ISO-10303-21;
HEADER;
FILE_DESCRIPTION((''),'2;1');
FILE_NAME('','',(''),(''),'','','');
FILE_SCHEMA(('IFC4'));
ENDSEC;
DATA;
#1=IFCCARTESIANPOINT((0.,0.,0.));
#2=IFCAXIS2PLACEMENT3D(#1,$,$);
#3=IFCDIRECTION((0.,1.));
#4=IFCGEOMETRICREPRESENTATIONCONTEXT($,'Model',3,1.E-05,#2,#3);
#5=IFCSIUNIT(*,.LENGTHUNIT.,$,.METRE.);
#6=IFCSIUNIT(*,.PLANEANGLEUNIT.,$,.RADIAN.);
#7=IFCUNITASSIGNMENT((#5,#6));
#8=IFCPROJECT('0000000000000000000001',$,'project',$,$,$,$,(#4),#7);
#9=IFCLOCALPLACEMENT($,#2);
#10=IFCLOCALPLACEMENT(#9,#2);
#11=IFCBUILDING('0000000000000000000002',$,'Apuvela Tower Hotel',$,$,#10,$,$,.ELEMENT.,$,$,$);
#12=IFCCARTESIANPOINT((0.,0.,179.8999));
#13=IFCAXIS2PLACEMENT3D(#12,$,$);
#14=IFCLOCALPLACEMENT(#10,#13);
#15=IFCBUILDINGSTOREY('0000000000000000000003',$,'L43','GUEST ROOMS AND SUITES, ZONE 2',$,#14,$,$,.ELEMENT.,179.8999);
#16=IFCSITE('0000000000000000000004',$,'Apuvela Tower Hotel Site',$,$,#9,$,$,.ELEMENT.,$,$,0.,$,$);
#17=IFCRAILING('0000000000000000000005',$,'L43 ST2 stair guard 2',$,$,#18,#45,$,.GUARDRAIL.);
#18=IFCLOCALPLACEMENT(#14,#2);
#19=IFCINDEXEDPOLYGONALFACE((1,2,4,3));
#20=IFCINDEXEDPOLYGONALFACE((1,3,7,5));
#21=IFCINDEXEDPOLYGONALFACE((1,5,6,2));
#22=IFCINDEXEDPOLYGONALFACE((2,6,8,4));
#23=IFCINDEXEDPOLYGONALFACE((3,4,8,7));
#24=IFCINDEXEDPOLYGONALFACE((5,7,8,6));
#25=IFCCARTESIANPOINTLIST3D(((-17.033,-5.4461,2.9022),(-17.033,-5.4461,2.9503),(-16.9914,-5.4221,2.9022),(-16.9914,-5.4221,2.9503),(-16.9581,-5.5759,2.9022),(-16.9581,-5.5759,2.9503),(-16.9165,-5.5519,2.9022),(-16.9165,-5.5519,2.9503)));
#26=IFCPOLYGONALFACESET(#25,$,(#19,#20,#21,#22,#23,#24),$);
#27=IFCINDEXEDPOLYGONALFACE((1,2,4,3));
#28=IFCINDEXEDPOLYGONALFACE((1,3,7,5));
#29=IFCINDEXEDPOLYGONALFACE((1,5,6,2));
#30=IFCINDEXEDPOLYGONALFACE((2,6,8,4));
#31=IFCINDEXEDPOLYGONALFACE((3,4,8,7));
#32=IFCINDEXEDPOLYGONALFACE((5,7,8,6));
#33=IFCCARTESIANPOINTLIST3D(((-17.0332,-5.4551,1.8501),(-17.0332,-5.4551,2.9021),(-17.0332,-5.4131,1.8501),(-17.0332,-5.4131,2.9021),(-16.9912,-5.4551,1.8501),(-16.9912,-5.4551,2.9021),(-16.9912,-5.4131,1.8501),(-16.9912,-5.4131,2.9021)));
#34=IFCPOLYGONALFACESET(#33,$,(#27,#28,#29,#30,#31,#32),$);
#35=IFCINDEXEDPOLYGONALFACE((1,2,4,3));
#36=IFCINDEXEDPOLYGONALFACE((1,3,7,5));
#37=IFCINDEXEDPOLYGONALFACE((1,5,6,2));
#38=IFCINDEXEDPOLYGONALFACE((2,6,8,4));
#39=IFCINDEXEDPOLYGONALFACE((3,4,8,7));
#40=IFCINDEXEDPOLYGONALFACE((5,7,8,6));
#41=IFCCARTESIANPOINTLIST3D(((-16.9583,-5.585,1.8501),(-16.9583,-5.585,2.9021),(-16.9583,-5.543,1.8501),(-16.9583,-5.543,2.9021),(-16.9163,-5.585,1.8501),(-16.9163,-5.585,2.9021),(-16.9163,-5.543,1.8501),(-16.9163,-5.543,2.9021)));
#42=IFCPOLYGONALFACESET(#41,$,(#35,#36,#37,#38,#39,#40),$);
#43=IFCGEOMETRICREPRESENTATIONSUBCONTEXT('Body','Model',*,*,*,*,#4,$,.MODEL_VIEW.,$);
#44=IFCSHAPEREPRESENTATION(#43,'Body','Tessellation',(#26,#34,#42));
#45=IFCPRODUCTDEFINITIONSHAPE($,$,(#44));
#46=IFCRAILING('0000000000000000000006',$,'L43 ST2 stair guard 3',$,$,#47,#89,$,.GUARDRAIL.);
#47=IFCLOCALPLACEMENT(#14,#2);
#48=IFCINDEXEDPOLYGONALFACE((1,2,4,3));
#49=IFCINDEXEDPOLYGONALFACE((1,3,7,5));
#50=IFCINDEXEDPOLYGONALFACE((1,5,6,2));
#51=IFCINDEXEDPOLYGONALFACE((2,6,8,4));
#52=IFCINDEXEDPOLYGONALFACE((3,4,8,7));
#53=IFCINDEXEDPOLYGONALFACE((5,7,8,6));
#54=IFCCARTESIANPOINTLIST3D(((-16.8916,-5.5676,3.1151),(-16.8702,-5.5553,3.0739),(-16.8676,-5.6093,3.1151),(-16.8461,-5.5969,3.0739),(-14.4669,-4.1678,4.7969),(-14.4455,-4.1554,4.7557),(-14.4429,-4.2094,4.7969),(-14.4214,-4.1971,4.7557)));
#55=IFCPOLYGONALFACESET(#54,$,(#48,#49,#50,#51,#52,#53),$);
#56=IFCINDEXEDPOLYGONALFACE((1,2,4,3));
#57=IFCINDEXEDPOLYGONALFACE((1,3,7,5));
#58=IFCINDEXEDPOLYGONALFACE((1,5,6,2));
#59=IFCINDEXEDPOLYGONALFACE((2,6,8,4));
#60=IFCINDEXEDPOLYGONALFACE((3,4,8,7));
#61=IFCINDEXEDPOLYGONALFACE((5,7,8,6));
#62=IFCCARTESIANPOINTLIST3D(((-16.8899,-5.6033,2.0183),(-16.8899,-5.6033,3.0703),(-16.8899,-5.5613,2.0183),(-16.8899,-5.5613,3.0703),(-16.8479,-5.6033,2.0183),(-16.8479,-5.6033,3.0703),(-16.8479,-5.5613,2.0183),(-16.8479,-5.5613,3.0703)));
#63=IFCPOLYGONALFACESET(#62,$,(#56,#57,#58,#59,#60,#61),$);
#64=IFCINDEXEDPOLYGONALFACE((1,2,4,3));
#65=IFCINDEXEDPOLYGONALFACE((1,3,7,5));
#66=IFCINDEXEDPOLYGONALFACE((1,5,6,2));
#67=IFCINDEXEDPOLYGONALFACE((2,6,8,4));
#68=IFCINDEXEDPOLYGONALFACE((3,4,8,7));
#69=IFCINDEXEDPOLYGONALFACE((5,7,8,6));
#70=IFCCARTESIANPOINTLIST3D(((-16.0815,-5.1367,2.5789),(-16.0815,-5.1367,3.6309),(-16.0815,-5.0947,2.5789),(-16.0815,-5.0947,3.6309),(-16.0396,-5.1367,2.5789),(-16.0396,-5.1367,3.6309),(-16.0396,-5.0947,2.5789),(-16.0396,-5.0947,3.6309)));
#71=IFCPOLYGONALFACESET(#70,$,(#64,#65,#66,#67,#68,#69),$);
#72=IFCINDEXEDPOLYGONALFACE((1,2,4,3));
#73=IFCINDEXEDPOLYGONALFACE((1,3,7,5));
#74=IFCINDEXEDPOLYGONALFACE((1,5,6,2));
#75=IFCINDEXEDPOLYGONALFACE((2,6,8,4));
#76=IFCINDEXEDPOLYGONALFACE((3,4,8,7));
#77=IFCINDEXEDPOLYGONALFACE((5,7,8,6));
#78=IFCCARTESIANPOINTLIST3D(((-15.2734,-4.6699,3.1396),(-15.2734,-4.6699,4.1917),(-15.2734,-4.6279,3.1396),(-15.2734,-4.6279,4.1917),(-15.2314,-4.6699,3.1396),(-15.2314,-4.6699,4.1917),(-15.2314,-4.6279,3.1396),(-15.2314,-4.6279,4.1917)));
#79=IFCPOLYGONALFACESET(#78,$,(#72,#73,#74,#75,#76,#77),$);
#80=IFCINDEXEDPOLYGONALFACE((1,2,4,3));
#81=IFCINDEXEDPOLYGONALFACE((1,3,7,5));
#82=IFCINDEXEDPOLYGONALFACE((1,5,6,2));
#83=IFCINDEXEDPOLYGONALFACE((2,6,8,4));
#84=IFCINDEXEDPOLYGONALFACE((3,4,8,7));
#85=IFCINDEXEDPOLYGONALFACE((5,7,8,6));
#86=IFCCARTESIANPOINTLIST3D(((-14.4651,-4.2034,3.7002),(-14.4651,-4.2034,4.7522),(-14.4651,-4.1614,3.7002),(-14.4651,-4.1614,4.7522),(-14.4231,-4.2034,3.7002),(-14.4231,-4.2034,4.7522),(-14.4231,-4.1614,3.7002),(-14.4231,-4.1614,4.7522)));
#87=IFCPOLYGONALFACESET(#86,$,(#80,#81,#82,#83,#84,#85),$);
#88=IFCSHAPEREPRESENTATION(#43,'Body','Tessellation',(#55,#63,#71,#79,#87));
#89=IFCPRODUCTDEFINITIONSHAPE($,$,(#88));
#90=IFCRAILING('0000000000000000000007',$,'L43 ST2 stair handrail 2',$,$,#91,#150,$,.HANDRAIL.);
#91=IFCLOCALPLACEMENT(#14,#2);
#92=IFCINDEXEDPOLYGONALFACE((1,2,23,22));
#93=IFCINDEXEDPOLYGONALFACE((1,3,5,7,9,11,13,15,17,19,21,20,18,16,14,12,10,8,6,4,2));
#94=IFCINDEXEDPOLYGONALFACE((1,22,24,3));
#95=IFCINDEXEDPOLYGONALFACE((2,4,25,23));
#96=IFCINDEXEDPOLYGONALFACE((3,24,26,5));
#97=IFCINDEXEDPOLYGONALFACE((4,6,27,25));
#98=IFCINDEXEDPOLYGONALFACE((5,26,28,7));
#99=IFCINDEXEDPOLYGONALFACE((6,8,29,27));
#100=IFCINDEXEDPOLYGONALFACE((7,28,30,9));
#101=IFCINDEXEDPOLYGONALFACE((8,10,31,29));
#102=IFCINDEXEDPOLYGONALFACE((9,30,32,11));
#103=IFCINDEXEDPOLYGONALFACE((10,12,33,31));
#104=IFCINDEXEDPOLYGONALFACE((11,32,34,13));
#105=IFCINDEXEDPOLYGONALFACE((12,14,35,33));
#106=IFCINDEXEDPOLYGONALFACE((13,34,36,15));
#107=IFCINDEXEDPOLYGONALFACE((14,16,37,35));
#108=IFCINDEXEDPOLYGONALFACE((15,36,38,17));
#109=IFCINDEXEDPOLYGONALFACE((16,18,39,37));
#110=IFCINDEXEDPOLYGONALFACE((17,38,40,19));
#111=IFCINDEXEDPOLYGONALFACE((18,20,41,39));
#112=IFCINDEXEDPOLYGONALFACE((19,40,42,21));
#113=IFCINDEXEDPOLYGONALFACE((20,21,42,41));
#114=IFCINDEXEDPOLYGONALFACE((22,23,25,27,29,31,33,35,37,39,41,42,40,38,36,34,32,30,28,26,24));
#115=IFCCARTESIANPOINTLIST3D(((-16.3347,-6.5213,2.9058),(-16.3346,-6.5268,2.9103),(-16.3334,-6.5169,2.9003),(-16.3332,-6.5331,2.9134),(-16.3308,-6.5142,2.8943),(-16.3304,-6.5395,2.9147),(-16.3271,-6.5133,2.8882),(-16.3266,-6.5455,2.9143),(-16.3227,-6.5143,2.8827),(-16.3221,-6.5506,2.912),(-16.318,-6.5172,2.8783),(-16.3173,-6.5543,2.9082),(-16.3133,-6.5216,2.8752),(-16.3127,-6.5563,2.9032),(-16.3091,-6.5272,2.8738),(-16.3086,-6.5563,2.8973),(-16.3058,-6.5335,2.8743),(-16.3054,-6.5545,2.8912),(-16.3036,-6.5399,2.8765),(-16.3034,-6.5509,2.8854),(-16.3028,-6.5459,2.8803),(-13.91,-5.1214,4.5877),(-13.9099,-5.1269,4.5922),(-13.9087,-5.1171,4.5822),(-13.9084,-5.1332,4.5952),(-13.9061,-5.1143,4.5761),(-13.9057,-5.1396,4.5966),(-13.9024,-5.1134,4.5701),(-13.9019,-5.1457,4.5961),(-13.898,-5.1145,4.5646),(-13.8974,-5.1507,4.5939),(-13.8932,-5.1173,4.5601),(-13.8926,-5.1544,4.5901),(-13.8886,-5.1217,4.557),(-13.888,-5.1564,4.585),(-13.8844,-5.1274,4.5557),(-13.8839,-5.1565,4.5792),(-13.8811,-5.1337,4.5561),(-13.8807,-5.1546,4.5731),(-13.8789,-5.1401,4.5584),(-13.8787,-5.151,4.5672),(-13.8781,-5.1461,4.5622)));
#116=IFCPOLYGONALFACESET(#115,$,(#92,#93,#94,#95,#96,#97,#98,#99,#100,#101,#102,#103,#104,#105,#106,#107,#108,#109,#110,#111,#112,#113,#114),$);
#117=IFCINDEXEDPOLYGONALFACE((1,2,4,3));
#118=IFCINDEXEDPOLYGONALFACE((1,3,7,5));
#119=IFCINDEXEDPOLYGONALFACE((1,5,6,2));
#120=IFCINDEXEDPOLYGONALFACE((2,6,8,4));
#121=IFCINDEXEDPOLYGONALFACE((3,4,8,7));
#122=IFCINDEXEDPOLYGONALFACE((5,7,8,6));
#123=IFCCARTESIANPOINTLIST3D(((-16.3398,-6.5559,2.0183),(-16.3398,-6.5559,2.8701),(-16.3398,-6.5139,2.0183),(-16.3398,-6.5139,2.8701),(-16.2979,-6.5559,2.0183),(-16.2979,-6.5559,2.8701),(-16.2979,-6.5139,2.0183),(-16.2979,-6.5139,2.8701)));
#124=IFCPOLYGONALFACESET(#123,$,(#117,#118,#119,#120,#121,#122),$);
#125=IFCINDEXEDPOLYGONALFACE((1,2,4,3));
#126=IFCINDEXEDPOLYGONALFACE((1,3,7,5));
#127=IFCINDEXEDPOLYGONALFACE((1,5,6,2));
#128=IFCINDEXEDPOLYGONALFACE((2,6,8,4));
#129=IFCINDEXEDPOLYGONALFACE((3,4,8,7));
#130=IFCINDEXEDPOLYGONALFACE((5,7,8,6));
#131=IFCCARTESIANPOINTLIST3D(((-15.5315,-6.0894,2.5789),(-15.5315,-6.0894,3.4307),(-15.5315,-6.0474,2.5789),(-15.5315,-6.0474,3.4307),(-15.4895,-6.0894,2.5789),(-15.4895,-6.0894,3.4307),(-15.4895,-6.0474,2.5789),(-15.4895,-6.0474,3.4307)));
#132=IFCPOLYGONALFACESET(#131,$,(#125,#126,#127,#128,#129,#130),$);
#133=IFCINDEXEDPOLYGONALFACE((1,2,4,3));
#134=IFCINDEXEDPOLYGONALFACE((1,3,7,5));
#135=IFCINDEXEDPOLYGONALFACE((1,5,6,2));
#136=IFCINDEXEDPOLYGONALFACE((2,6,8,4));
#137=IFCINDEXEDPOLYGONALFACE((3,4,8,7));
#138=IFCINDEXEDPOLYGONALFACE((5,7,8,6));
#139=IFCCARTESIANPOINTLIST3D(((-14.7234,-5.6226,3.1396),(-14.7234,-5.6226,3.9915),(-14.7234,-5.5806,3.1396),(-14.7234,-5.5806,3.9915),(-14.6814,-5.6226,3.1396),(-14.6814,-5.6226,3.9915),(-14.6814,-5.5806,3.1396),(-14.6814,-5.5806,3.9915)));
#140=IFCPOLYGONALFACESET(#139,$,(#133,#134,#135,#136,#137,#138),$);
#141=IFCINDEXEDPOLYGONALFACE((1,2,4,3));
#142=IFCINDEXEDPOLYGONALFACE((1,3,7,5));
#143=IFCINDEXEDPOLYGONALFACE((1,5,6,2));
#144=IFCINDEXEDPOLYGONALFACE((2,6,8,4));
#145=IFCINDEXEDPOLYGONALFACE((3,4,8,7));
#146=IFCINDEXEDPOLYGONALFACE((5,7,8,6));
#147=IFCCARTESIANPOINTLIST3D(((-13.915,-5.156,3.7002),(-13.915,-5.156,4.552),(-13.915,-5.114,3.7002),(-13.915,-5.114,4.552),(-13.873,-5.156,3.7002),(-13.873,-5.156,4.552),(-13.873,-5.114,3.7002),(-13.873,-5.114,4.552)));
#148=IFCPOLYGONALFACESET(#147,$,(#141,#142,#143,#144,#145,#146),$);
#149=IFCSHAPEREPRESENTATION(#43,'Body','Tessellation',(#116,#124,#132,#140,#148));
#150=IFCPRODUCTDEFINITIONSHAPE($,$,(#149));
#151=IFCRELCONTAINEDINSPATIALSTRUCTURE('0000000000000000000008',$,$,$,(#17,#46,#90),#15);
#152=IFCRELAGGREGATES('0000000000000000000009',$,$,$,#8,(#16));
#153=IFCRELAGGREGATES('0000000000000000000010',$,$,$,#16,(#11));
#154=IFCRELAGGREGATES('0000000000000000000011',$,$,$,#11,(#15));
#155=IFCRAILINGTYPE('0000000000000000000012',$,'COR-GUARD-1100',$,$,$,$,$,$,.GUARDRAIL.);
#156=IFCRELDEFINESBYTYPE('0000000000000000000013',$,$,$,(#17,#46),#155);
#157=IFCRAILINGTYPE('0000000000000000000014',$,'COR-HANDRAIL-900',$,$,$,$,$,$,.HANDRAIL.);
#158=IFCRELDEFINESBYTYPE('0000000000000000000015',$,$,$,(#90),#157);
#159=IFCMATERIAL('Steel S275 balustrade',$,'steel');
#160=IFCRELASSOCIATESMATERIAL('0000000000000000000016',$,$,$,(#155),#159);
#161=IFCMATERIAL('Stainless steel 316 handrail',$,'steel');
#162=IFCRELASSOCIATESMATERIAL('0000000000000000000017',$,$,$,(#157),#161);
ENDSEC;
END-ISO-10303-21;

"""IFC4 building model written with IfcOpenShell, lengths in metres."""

from ifc_helpers import new_model, si_unit, direction, frame, origin, origin_2d, place, context, subcontext, project, spatial, rectangle, circle, extrude, material, type_object, element, save


model = new_model("IFC4")

# Units and contexts
model_context = context("Model", 3, precision=1e-05, world=origin(), true_north=direction((0.0, 1.0)))
body_context = subcontext(model_context, "Body", "Model", "MODEL_VIEW")
ifc_project = project(units=[si_unit("LENGTHUNIT", "METRE"), si_unit("PLANEANGLEUNIT", "RADIAN")], contexts=[model_context])

# Site, building, storey
site_placement = place(None, origin())
site = spatial("IfcSite", under=ifc_project, at=site_placement, Name="Apuvela Tower Hotel Site", CompositionType="ELEMENT", RefElevation=0.0)
building_placement = place(site_placement, origin())
building = spatial("IfcBuilding", under=site, at=building_placement, Name="Apuvela Tower Hotel", CompositionType="ELEMENT")
storey_placement = place(building_placement, frame((0.0, 0.0, 179.8999)))
storey = spatial("IfcBuildingStorey", under=building, at=storey_placement, Name="L43", Description="GUEST ROOMS AND SUITES, ZONE 2", CompositionType="ELEMENT", Elevation=179.8999)

# Railings
ifc_material_1 = material(Name="Steel S275 balustrade", Category="steel")
railing_type_1 = type_object("IfcRailingType", Name="COR-GUARD-1100", PredefinedType="GUARDRAIL", material=ifc_material_1)
railing_1_placement = place(storey_placement, frame((-17.0122, -5.4341, 1.8501)))
element("IfcRailing", 1, at=railing_1_placement, inside=storey, type_object=railing_type_1, Name="L43 ST2 stair guard 2", PredefinedType="GUARDRAIL", context=body_context, shape_type="SweptSolid", body=[
    extrude(rectangle(XDim=0.0481, YDim=0.0481, at=origin_2d()), frame((0.0, 0.0, 1.0762), z_axis=(0.499816, -0.866131, 0.0), x_axis=(0.866131, 0.499816, 0.0)), (0.0, 0.0, 1.0), 0.1499),
    extrude(rectangle(XDim=0.042, YDim=0.042, at=origin_2d()), origin(), (0.0, 0.0, 1.0), 1.052),
    extrude(rectangle(XDim=0.042, YDim=0.042, at=origin_2d()), frame((0.075, -0.1299, 0.0)), (0.0, 0.0, 1.0), 1.052),
])
railing_2_placement = place(storey_placement, frame((-16.8689, -5.5823, 2.0183)))
element("IfcRailing", 2, at=railing_2_placement, inside=storey, type_object=railing_type_1, Name="L43 ST2 stair guard 3", PredefinedType="GUARDRAIL", context=body_context, shape_type="SweptSolid", body=[
    extrude(rectangle(XDim=0.0481, YDim=0.0481, at=origin_2d()), frame((0.0, 0.0, 1.0762), z_axis=(0.74239, 0.428601, 0.514934), x_axis=(-0.499984, 0.866035, 0.0)), (0.0, 0.0, 1.0), 3.2661),
    extrude(rectangle(XDim=0.042, YDim=0.042, at=origin_2d()), origin(), (0.0, 0.0, 1.0), 1.052),
    extrude(rectangle(XDim=0.042, YDim=0.042, at=origin_2d()), frame((0.8083, 0.4666, 0.5605)), (0.0, 0.0, 1.0), 1.052),
    extrude(rectangle(XDim=0.042, YDim=0.042, at=origin_2d()), frame((1.6165, 0.9333, 1.1213)), (0.0, 0.0, 1.0), 1.052),
    extrude(rectangle(XDim=0.042, YDim=0.042, at=origin_2d()), frame((2.4248, 1.3999, 1.6819)), (0.0, 0.0, 1.0), 1.052),
])
ifc_material_2 = material(Name="Stainless steel 316 handrail", Category="steel")
railing_type_2 = type_object("IfcRailingType", Name="COR-HANDRAIL-900", PredefinedType="HANDRAIL", material=ifc_material_2)
railing_3_placement = place(storey_placement, frame((-16.3188, -6.5349, 2.0183)))
element("IfcRailing", 3, at=railing_3_placement, inside=storey, type_object=railing_type_2, Name="L43 ST2 stair handrail 2", PredefinedType="HANDRAIL", context=body_context, shape_type="SweptSolid", body=[
    extrude(circle(Radius=0.0239, at=origin_2d()), frame((0.0, 0.0, 0.876), z_axis=(0.74239, 0.428601, 0.514934), x_axis=(-0.499984, 0.866035, 0.0)), (0.0, 0.0, 1.0), 3.2661),
    extrude(rectangle(XDim=0.042, YDim=0.042, at=origin_2d()), origin(), (0.0, 0.0, 1.0), 0.8518),
    extrude(rectangle(XDim=0.042, YDim=0.042, at=origin_2d()), frame((0.8083, 0.4666, 0.5605)), (0.0, 0.0, 1.0), 0.8518),
    extrude(rectangle(XDim=0.042, YDim=0.042, at=origin_2d()), frame((1.6165, 0.9333, 1.1213)), (0.0, 0.0, 1.0), 0.8518),
    extrude(rectangle(XDim=0.042, YDim=0.042, at=origin_2d()), frame((2.4248, 1.3999, 1.6819)), (0.0, 0.0, 1.0), 0.8518),
])

save(model, "model.ifc")
